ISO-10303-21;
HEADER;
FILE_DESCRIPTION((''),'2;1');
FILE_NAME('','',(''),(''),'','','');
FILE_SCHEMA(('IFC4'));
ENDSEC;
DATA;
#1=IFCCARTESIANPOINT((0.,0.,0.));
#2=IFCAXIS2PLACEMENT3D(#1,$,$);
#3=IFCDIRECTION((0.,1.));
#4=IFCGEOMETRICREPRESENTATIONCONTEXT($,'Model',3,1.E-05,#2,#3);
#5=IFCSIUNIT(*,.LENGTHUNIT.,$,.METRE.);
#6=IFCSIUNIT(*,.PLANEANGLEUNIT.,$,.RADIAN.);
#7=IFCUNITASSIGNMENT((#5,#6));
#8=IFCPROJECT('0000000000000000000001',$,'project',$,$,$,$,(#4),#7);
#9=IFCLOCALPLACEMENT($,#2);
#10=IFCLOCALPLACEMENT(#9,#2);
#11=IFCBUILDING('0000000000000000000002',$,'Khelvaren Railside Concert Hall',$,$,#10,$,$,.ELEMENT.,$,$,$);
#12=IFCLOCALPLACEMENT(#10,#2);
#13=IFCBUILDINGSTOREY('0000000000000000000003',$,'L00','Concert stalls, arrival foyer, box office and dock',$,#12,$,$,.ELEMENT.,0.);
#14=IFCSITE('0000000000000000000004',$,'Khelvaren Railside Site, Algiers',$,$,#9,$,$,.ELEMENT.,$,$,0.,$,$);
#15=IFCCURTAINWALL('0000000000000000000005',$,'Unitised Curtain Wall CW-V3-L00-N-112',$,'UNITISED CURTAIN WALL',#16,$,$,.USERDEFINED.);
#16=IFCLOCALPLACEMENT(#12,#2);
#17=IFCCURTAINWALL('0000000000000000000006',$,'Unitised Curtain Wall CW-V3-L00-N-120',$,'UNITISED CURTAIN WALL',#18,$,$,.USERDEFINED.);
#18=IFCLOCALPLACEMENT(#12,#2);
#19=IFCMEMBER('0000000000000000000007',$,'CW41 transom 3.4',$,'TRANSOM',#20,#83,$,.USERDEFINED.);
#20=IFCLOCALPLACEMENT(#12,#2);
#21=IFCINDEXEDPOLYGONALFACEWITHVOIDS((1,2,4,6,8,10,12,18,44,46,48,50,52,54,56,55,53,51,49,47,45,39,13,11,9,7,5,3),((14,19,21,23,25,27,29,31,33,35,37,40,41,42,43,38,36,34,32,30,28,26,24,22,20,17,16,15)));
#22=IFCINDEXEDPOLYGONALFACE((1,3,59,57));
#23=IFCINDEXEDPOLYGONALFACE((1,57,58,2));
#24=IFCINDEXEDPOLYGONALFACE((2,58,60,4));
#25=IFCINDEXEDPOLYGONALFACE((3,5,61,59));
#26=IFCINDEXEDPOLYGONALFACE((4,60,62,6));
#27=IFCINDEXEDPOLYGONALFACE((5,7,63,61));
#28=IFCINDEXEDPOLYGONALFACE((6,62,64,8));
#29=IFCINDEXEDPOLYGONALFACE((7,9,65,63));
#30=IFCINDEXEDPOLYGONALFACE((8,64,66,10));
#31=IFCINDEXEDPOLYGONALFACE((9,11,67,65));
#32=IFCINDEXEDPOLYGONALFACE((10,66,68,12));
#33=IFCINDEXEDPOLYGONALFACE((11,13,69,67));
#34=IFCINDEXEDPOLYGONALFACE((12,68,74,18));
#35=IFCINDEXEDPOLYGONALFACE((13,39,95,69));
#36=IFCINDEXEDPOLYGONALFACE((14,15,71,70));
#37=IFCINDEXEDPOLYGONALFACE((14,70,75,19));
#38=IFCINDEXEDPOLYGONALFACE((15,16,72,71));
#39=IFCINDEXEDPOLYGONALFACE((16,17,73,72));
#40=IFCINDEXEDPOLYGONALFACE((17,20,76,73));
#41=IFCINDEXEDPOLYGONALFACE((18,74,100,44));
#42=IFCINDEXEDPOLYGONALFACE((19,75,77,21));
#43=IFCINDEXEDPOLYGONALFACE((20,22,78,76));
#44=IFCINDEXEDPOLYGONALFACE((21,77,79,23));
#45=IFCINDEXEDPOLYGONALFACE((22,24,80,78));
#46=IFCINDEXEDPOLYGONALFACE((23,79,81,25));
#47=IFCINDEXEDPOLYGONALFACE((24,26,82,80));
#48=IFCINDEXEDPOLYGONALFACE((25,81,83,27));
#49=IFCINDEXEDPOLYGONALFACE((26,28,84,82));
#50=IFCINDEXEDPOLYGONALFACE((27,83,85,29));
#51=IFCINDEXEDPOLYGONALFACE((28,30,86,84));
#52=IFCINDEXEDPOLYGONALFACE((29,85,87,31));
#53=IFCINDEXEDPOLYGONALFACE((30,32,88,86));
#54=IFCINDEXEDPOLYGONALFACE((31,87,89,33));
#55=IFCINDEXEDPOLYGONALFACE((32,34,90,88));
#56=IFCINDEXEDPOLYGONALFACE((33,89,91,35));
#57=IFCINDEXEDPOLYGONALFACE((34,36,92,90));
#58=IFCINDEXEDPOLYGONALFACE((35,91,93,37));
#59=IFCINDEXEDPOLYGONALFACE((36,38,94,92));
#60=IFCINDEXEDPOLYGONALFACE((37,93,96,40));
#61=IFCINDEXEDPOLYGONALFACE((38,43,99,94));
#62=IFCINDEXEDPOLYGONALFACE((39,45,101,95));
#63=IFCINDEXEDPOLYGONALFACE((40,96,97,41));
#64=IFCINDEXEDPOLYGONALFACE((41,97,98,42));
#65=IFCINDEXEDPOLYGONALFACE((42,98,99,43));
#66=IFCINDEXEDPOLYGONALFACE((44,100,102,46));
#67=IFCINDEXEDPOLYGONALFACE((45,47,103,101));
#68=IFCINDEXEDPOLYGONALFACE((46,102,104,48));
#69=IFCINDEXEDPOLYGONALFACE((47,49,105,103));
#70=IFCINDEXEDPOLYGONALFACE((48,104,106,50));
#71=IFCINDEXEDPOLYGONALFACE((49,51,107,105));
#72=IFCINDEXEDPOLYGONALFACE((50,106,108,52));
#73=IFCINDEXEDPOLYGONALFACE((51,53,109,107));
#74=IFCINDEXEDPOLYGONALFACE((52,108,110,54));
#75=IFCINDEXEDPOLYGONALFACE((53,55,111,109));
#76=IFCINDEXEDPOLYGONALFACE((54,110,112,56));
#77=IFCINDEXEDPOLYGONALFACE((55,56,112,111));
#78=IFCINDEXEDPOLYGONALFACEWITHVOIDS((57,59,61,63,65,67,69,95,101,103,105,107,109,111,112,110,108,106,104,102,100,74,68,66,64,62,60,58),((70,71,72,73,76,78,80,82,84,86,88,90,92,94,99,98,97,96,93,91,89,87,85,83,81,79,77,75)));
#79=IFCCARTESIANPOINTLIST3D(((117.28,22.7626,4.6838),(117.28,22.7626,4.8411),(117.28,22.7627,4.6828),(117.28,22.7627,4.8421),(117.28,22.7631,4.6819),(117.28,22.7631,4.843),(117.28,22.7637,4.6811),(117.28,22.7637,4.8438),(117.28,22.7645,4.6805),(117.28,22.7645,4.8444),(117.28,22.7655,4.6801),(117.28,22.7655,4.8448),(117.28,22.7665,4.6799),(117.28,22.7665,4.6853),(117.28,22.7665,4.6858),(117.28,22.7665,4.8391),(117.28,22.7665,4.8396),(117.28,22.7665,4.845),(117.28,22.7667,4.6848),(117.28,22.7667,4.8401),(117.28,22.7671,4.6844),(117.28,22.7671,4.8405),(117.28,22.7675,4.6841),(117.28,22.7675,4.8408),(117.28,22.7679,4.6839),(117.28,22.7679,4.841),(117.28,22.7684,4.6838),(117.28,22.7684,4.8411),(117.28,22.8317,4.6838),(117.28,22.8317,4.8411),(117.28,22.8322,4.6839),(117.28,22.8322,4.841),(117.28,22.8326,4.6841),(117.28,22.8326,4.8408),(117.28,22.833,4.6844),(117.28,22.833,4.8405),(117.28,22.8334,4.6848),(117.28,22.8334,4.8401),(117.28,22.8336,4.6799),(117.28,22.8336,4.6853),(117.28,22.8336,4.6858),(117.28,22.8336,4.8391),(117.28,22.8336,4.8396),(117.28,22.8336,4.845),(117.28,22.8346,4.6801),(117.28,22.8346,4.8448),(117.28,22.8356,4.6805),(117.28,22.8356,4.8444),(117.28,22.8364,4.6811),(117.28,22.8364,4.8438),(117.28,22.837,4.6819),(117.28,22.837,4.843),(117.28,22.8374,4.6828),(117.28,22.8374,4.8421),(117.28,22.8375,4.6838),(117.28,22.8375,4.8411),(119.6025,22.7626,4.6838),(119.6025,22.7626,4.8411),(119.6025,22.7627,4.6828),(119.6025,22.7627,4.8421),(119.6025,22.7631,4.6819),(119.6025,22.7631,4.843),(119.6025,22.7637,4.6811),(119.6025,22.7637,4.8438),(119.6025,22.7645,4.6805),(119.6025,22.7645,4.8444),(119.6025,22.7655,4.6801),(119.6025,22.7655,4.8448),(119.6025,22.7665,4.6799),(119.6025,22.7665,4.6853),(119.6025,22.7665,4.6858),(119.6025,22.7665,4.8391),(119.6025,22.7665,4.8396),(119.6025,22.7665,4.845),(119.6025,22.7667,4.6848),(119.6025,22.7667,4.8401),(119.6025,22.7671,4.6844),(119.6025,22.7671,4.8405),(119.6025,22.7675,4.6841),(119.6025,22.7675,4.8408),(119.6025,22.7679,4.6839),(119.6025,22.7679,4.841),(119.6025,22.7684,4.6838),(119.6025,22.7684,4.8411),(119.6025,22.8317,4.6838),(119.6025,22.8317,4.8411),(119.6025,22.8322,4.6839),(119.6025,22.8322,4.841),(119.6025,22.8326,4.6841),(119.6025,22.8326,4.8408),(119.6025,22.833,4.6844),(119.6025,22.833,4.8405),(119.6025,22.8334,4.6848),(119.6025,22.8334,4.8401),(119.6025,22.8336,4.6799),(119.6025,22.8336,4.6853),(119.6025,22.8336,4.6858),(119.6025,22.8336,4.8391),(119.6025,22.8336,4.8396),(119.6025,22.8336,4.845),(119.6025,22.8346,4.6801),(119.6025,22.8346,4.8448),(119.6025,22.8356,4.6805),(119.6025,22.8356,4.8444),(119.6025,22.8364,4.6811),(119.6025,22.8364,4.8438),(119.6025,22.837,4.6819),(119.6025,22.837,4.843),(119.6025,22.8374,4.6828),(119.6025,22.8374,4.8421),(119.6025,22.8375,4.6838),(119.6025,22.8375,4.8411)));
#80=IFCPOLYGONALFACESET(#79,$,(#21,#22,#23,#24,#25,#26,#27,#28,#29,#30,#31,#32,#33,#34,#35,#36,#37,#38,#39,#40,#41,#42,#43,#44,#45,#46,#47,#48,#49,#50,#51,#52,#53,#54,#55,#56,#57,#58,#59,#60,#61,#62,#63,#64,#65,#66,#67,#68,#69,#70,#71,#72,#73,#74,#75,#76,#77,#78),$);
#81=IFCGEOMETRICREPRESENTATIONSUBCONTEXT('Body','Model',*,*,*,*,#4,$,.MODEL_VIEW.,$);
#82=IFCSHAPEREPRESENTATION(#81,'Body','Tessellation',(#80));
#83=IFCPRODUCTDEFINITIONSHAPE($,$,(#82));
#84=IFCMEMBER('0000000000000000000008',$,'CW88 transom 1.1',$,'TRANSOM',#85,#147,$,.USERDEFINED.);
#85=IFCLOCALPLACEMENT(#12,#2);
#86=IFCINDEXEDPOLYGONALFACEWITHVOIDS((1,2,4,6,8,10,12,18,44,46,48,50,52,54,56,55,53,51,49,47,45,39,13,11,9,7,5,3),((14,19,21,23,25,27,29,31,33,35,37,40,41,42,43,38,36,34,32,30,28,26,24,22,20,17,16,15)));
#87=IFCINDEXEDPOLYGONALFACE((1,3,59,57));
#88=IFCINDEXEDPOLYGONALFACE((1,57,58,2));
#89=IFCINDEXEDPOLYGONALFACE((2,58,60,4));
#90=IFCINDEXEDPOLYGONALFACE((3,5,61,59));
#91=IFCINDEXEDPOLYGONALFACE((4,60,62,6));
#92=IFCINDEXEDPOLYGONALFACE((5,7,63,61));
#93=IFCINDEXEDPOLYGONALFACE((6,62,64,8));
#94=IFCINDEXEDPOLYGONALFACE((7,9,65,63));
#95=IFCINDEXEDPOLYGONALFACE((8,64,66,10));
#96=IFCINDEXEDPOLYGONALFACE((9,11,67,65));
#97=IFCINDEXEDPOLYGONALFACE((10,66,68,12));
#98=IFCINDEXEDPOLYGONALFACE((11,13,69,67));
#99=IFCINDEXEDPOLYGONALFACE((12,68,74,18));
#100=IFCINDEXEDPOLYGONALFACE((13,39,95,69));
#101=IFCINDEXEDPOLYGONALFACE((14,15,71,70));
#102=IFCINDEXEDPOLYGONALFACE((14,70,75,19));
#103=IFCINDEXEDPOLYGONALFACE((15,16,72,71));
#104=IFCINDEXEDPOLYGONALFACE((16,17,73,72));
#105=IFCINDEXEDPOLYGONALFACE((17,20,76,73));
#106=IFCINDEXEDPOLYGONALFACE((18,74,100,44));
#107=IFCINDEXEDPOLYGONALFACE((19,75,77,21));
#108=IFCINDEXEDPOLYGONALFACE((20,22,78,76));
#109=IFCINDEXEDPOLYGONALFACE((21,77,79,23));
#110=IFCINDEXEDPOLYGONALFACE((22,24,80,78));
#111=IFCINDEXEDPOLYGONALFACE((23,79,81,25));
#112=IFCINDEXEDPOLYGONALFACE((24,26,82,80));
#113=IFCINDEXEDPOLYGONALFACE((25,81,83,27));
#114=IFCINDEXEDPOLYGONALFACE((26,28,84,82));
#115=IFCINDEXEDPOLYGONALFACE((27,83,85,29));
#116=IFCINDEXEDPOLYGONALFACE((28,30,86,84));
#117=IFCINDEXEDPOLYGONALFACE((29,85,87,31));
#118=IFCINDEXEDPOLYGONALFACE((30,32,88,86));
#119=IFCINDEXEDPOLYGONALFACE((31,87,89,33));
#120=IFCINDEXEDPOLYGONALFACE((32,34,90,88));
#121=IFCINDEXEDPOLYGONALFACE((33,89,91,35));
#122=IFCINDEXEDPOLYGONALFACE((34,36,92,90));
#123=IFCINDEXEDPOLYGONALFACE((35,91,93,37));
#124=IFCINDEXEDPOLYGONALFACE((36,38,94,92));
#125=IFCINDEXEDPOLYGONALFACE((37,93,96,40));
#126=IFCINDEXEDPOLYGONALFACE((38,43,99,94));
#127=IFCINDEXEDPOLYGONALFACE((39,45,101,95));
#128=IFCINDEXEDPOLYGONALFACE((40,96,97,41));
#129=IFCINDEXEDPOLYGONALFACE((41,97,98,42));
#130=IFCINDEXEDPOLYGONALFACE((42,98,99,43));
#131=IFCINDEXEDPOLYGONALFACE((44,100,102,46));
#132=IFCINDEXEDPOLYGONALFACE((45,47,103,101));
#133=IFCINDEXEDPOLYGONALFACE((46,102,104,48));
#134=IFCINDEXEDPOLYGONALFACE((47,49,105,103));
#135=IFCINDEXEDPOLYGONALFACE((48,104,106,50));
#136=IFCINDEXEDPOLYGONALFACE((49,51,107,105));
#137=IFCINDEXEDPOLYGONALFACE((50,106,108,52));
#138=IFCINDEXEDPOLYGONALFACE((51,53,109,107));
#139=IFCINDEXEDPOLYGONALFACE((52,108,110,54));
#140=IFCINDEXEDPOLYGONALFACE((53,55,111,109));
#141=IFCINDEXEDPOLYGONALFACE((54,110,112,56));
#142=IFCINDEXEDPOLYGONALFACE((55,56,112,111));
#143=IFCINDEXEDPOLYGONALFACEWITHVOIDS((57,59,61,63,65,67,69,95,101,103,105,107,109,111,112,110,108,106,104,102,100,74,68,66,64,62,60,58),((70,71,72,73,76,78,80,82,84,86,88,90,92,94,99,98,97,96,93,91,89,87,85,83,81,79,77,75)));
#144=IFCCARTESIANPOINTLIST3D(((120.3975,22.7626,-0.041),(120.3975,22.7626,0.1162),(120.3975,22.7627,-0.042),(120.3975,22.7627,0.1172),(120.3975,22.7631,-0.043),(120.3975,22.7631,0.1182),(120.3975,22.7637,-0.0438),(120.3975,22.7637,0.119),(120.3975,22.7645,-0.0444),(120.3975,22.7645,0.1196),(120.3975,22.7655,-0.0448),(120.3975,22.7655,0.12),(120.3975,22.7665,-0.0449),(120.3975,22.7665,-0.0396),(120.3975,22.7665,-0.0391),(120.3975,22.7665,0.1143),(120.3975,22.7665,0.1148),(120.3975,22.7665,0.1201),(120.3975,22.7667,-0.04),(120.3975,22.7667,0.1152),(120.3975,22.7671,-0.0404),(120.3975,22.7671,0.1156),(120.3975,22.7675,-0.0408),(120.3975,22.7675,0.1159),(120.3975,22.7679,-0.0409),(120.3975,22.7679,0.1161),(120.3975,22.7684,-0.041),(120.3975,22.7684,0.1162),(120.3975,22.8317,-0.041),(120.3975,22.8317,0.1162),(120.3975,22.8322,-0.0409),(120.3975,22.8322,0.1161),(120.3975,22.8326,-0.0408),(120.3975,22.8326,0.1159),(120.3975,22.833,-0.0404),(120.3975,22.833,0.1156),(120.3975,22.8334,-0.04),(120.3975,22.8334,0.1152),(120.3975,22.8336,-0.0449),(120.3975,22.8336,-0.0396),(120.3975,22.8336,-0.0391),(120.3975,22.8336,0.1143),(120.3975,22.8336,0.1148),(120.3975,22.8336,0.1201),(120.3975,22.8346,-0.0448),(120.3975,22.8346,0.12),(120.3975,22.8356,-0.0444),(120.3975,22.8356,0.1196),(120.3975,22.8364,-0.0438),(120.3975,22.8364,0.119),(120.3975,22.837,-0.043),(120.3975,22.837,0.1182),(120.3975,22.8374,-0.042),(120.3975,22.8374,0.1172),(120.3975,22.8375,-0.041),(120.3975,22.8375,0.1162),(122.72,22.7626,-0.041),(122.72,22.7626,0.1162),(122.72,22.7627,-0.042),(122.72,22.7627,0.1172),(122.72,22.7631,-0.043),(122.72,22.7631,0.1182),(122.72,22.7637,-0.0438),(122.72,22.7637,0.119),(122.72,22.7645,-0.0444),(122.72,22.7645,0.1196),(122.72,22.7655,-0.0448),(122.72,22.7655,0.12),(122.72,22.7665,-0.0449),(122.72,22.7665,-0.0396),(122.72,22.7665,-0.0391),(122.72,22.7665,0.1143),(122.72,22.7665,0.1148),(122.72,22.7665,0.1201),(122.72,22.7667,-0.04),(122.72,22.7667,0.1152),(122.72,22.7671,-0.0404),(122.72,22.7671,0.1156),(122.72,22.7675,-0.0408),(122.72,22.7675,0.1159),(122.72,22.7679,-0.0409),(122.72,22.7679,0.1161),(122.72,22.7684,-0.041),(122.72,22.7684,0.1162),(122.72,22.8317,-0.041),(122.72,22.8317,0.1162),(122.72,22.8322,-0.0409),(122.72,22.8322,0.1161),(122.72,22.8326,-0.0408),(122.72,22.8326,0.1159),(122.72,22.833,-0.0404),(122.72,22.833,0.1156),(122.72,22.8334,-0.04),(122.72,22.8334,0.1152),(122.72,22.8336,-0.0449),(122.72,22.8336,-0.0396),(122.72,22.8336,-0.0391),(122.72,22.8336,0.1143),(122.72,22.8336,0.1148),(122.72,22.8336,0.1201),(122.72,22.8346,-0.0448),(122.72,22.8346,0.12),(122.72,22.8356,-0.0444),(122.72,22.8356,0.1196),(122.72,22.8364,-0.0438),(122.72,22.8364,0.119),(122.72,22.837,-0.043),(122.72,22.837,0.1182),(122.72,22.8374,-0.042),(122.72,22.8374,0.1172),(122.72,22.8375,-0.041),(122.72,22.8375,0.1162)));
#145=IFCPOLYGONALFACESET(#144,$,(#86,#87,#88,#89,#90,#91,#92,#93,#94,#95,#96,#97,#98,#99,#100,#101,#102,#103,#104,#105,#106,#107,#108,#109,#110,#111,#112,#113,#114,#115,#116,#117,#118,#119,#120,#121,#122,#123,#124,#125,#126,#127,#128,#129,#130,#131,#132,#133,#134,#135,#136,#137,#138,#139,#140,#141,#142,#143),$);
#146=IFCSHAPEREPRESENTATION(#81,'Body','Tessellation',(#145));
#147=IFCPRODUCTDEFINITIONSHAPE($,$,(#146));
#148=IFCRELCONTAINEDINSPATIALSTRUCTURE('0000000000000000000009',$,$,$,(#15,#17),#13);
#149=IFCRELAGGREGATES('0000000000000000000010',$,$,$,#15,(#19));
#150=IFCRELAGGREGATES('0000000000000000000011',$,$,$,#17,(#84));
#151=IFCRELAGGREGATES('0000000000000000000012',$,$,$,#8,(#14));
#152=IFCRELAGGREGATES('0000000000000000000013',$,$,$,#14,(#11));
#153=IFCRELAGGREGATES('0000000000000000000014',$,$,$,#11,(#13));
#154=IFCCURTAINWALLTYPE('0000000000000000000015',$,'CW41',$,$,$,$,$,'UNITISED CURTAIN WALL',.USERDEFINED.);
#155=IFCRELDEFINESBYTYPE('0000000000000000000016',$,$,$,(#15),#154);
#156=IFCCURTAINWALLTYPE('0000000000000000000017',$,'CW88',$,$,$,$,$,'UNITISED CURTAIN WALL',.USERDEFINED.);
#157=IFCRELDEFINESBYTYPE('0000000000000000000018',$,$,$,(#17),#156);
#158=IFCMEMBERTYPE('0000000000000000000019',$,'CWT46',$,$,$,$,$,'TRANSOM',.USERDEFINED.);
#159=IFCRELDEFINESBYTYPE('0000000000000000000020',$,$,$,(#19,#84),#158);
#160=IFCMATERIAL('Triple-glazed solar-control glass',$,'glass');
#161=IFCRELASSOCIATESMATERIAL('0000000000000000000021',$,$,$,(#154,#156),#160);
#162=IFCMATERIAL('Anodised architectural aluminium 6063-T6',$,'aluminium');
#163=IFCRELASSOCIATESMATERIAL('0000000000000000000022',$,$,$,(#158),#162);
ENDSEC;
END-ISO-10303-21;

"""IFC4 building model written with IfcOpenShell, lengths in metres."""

from ifc_helpers import new_model, si_unit, direction, frame, origin, origin_2d, place, context, subcontext, project, spatial, hollow_rectangle, extrude, material, material_profile, profile_set, type_object, element, aggregate, save


model = new_model("IFC4")

# Units and contexts
model_context = context("Model", 3, precision=1e-05, world=origin(), true_north=direction((0.0, 1.0)))
body_context = subcontext(model_context, "Body", "Model", "MODEL_VIEW")
ifc_project = project(units=[si_unit("LENGTHUNIT", "METRE"), si_unit("PLANEANGLEUNIT", "RADIAN")], contexts=[model_context])

# Site, building, storey
site_placement = place(None, origin())
site = spatial("IfcSite", under=ifc_project, at=site_placement, Name="Khelvaren Railside Site, Algiers", CompositionType="ELEMENT", RefElevation=0.0)
building_placement = place(site_placement, origin())
building = spatial("IfcBuilding", under=site, at=building_placement, Name="Khelvaren Railside Concert Hall", CompositionType="ELEMENT")
storey_placement = place(building_placement, origin())
storey = spatial("IfcBuildingStorey", under=building, at=storey_placement, Name="L00", Description="Concert stalls, arrival foyer, box office and dock", CompositionType="ELEMENT", Elevation=0.0)

# Curtain walls
ifc_material_1 = material(Name="Triple-glazed solar-control glass", Category="glass")
curtain_wall_type_1 = type_object("IfcCurtainWallType", Name="CW41", ElementType="UNITISED CURTAIN WALL", PredefinedType="USERDEFINED", material=ifc_material_1)
curtain_wall_1_placement = place(storey_placement, origin())
curtain_wall_1 = element("IfcCurtainWall", 1, at=curtain_wall_1_placement, inside=storey, type_object=curtain_wall_type_1, Name="Unitised Curtain Wall CW-V3-L00-N-112", ObjectType="UNITISED CURTAIN WALL", PredefinedType="USERDEFINED")
ifc_material_2 = material(Name="Anodised architectural aluminium 6063-T6", Category="aluminium")
curtain_wall_type_2 = type_object("IfcCurtainWallType", Name="CW88", ElementType="UNITISED CURTAIN WALL", PredefinedType="USERDEFINED", material=ifc_material_1)
curtain_wall_2_placement = place(storey_placement, origin())
curtain_wall_2 = element("IfcCurtainWall", 2, at=curtain_wall_2_placement, inside=storey, type_object=curtain_wall_type_2, Name="Unitised Curtain Wall CW-V3-L00-N-120", ObjectType="UNITISED CURTAIN WALL", PredefinedType="USERDEFINED")

# Members
ifc_material_profile_1 = material_profile(ifc_material_2, hollow_rectangle(XDim=0.075, YDim=0.165, WallThickness=0.0039, InnerFilletRadius=0.002, OuterFilletRadius=0.0039, at=origin_2d()), Name="CWT 75x165x4")
ifc_profile_set_1 = profile_set([ifc_material_profile_1], Name="Anodised architectural aluminium 6063-T6")
member_type_1 = type_object("IfcMemberType", Name="CWT46", ElementType="TRANSOM", PredefinedType="USERDEFINED", material=ifc_profile_set_1)
member_1_placement = place(storey_placement, frame((117.28, 22.8, 4.7625), z_axis=(1.0, 0.0, 0.0), x_axis=(0.0, 1.0, 0.0)))
member_1 = element("IfcMember", 3, at=member_1_placement, type_object=member_type_1, Name="CW41 transom 3.4", ObjectType="TRANSOM", PredefinedType="USERDEFINED", context=body_context, shape_type="SweptSolid", body=[
    extrude(hollow_rectangle(XDim=0.075, YDim=0.165, WallThickness=0.0039, InnerFilletRadius=0.002, OuterFilletRadius=0.0039, at=origin_2d()), origin(), (0.0, 0.0, 1.0), 2.3225),
])
member_2_placement = place(storey_placement, frame((120.3975, 22.8, 0.0376), z_axis=(1.0, 0.0, 0.0), x_axis=(0.0, 1.0, 0.0)))
member_2 = element("IfcMember", 4, at=member_2_placement, type_object=member_type_1, Name="CW88 transom 1.1", ObjectType="TRANSOM", PredefinedType="USERDEFINED", context=body_context, shape_type="SweptSolid", body=[
    extrude(hollow_rectangle(XDim=0.075, YDim=0.165, WallThickness=0.0039, InnerFilletRadius=0.002, OuterFilletRadius=0.0039, at=origin_2d()), origin(), (0.0, 0.0, 1.0), 2.3225),
])

aggregate(curtain_wall_1, [member_1])
aggregate(curtain_wall_2, [member_2])

save(model, "model.ifc")
